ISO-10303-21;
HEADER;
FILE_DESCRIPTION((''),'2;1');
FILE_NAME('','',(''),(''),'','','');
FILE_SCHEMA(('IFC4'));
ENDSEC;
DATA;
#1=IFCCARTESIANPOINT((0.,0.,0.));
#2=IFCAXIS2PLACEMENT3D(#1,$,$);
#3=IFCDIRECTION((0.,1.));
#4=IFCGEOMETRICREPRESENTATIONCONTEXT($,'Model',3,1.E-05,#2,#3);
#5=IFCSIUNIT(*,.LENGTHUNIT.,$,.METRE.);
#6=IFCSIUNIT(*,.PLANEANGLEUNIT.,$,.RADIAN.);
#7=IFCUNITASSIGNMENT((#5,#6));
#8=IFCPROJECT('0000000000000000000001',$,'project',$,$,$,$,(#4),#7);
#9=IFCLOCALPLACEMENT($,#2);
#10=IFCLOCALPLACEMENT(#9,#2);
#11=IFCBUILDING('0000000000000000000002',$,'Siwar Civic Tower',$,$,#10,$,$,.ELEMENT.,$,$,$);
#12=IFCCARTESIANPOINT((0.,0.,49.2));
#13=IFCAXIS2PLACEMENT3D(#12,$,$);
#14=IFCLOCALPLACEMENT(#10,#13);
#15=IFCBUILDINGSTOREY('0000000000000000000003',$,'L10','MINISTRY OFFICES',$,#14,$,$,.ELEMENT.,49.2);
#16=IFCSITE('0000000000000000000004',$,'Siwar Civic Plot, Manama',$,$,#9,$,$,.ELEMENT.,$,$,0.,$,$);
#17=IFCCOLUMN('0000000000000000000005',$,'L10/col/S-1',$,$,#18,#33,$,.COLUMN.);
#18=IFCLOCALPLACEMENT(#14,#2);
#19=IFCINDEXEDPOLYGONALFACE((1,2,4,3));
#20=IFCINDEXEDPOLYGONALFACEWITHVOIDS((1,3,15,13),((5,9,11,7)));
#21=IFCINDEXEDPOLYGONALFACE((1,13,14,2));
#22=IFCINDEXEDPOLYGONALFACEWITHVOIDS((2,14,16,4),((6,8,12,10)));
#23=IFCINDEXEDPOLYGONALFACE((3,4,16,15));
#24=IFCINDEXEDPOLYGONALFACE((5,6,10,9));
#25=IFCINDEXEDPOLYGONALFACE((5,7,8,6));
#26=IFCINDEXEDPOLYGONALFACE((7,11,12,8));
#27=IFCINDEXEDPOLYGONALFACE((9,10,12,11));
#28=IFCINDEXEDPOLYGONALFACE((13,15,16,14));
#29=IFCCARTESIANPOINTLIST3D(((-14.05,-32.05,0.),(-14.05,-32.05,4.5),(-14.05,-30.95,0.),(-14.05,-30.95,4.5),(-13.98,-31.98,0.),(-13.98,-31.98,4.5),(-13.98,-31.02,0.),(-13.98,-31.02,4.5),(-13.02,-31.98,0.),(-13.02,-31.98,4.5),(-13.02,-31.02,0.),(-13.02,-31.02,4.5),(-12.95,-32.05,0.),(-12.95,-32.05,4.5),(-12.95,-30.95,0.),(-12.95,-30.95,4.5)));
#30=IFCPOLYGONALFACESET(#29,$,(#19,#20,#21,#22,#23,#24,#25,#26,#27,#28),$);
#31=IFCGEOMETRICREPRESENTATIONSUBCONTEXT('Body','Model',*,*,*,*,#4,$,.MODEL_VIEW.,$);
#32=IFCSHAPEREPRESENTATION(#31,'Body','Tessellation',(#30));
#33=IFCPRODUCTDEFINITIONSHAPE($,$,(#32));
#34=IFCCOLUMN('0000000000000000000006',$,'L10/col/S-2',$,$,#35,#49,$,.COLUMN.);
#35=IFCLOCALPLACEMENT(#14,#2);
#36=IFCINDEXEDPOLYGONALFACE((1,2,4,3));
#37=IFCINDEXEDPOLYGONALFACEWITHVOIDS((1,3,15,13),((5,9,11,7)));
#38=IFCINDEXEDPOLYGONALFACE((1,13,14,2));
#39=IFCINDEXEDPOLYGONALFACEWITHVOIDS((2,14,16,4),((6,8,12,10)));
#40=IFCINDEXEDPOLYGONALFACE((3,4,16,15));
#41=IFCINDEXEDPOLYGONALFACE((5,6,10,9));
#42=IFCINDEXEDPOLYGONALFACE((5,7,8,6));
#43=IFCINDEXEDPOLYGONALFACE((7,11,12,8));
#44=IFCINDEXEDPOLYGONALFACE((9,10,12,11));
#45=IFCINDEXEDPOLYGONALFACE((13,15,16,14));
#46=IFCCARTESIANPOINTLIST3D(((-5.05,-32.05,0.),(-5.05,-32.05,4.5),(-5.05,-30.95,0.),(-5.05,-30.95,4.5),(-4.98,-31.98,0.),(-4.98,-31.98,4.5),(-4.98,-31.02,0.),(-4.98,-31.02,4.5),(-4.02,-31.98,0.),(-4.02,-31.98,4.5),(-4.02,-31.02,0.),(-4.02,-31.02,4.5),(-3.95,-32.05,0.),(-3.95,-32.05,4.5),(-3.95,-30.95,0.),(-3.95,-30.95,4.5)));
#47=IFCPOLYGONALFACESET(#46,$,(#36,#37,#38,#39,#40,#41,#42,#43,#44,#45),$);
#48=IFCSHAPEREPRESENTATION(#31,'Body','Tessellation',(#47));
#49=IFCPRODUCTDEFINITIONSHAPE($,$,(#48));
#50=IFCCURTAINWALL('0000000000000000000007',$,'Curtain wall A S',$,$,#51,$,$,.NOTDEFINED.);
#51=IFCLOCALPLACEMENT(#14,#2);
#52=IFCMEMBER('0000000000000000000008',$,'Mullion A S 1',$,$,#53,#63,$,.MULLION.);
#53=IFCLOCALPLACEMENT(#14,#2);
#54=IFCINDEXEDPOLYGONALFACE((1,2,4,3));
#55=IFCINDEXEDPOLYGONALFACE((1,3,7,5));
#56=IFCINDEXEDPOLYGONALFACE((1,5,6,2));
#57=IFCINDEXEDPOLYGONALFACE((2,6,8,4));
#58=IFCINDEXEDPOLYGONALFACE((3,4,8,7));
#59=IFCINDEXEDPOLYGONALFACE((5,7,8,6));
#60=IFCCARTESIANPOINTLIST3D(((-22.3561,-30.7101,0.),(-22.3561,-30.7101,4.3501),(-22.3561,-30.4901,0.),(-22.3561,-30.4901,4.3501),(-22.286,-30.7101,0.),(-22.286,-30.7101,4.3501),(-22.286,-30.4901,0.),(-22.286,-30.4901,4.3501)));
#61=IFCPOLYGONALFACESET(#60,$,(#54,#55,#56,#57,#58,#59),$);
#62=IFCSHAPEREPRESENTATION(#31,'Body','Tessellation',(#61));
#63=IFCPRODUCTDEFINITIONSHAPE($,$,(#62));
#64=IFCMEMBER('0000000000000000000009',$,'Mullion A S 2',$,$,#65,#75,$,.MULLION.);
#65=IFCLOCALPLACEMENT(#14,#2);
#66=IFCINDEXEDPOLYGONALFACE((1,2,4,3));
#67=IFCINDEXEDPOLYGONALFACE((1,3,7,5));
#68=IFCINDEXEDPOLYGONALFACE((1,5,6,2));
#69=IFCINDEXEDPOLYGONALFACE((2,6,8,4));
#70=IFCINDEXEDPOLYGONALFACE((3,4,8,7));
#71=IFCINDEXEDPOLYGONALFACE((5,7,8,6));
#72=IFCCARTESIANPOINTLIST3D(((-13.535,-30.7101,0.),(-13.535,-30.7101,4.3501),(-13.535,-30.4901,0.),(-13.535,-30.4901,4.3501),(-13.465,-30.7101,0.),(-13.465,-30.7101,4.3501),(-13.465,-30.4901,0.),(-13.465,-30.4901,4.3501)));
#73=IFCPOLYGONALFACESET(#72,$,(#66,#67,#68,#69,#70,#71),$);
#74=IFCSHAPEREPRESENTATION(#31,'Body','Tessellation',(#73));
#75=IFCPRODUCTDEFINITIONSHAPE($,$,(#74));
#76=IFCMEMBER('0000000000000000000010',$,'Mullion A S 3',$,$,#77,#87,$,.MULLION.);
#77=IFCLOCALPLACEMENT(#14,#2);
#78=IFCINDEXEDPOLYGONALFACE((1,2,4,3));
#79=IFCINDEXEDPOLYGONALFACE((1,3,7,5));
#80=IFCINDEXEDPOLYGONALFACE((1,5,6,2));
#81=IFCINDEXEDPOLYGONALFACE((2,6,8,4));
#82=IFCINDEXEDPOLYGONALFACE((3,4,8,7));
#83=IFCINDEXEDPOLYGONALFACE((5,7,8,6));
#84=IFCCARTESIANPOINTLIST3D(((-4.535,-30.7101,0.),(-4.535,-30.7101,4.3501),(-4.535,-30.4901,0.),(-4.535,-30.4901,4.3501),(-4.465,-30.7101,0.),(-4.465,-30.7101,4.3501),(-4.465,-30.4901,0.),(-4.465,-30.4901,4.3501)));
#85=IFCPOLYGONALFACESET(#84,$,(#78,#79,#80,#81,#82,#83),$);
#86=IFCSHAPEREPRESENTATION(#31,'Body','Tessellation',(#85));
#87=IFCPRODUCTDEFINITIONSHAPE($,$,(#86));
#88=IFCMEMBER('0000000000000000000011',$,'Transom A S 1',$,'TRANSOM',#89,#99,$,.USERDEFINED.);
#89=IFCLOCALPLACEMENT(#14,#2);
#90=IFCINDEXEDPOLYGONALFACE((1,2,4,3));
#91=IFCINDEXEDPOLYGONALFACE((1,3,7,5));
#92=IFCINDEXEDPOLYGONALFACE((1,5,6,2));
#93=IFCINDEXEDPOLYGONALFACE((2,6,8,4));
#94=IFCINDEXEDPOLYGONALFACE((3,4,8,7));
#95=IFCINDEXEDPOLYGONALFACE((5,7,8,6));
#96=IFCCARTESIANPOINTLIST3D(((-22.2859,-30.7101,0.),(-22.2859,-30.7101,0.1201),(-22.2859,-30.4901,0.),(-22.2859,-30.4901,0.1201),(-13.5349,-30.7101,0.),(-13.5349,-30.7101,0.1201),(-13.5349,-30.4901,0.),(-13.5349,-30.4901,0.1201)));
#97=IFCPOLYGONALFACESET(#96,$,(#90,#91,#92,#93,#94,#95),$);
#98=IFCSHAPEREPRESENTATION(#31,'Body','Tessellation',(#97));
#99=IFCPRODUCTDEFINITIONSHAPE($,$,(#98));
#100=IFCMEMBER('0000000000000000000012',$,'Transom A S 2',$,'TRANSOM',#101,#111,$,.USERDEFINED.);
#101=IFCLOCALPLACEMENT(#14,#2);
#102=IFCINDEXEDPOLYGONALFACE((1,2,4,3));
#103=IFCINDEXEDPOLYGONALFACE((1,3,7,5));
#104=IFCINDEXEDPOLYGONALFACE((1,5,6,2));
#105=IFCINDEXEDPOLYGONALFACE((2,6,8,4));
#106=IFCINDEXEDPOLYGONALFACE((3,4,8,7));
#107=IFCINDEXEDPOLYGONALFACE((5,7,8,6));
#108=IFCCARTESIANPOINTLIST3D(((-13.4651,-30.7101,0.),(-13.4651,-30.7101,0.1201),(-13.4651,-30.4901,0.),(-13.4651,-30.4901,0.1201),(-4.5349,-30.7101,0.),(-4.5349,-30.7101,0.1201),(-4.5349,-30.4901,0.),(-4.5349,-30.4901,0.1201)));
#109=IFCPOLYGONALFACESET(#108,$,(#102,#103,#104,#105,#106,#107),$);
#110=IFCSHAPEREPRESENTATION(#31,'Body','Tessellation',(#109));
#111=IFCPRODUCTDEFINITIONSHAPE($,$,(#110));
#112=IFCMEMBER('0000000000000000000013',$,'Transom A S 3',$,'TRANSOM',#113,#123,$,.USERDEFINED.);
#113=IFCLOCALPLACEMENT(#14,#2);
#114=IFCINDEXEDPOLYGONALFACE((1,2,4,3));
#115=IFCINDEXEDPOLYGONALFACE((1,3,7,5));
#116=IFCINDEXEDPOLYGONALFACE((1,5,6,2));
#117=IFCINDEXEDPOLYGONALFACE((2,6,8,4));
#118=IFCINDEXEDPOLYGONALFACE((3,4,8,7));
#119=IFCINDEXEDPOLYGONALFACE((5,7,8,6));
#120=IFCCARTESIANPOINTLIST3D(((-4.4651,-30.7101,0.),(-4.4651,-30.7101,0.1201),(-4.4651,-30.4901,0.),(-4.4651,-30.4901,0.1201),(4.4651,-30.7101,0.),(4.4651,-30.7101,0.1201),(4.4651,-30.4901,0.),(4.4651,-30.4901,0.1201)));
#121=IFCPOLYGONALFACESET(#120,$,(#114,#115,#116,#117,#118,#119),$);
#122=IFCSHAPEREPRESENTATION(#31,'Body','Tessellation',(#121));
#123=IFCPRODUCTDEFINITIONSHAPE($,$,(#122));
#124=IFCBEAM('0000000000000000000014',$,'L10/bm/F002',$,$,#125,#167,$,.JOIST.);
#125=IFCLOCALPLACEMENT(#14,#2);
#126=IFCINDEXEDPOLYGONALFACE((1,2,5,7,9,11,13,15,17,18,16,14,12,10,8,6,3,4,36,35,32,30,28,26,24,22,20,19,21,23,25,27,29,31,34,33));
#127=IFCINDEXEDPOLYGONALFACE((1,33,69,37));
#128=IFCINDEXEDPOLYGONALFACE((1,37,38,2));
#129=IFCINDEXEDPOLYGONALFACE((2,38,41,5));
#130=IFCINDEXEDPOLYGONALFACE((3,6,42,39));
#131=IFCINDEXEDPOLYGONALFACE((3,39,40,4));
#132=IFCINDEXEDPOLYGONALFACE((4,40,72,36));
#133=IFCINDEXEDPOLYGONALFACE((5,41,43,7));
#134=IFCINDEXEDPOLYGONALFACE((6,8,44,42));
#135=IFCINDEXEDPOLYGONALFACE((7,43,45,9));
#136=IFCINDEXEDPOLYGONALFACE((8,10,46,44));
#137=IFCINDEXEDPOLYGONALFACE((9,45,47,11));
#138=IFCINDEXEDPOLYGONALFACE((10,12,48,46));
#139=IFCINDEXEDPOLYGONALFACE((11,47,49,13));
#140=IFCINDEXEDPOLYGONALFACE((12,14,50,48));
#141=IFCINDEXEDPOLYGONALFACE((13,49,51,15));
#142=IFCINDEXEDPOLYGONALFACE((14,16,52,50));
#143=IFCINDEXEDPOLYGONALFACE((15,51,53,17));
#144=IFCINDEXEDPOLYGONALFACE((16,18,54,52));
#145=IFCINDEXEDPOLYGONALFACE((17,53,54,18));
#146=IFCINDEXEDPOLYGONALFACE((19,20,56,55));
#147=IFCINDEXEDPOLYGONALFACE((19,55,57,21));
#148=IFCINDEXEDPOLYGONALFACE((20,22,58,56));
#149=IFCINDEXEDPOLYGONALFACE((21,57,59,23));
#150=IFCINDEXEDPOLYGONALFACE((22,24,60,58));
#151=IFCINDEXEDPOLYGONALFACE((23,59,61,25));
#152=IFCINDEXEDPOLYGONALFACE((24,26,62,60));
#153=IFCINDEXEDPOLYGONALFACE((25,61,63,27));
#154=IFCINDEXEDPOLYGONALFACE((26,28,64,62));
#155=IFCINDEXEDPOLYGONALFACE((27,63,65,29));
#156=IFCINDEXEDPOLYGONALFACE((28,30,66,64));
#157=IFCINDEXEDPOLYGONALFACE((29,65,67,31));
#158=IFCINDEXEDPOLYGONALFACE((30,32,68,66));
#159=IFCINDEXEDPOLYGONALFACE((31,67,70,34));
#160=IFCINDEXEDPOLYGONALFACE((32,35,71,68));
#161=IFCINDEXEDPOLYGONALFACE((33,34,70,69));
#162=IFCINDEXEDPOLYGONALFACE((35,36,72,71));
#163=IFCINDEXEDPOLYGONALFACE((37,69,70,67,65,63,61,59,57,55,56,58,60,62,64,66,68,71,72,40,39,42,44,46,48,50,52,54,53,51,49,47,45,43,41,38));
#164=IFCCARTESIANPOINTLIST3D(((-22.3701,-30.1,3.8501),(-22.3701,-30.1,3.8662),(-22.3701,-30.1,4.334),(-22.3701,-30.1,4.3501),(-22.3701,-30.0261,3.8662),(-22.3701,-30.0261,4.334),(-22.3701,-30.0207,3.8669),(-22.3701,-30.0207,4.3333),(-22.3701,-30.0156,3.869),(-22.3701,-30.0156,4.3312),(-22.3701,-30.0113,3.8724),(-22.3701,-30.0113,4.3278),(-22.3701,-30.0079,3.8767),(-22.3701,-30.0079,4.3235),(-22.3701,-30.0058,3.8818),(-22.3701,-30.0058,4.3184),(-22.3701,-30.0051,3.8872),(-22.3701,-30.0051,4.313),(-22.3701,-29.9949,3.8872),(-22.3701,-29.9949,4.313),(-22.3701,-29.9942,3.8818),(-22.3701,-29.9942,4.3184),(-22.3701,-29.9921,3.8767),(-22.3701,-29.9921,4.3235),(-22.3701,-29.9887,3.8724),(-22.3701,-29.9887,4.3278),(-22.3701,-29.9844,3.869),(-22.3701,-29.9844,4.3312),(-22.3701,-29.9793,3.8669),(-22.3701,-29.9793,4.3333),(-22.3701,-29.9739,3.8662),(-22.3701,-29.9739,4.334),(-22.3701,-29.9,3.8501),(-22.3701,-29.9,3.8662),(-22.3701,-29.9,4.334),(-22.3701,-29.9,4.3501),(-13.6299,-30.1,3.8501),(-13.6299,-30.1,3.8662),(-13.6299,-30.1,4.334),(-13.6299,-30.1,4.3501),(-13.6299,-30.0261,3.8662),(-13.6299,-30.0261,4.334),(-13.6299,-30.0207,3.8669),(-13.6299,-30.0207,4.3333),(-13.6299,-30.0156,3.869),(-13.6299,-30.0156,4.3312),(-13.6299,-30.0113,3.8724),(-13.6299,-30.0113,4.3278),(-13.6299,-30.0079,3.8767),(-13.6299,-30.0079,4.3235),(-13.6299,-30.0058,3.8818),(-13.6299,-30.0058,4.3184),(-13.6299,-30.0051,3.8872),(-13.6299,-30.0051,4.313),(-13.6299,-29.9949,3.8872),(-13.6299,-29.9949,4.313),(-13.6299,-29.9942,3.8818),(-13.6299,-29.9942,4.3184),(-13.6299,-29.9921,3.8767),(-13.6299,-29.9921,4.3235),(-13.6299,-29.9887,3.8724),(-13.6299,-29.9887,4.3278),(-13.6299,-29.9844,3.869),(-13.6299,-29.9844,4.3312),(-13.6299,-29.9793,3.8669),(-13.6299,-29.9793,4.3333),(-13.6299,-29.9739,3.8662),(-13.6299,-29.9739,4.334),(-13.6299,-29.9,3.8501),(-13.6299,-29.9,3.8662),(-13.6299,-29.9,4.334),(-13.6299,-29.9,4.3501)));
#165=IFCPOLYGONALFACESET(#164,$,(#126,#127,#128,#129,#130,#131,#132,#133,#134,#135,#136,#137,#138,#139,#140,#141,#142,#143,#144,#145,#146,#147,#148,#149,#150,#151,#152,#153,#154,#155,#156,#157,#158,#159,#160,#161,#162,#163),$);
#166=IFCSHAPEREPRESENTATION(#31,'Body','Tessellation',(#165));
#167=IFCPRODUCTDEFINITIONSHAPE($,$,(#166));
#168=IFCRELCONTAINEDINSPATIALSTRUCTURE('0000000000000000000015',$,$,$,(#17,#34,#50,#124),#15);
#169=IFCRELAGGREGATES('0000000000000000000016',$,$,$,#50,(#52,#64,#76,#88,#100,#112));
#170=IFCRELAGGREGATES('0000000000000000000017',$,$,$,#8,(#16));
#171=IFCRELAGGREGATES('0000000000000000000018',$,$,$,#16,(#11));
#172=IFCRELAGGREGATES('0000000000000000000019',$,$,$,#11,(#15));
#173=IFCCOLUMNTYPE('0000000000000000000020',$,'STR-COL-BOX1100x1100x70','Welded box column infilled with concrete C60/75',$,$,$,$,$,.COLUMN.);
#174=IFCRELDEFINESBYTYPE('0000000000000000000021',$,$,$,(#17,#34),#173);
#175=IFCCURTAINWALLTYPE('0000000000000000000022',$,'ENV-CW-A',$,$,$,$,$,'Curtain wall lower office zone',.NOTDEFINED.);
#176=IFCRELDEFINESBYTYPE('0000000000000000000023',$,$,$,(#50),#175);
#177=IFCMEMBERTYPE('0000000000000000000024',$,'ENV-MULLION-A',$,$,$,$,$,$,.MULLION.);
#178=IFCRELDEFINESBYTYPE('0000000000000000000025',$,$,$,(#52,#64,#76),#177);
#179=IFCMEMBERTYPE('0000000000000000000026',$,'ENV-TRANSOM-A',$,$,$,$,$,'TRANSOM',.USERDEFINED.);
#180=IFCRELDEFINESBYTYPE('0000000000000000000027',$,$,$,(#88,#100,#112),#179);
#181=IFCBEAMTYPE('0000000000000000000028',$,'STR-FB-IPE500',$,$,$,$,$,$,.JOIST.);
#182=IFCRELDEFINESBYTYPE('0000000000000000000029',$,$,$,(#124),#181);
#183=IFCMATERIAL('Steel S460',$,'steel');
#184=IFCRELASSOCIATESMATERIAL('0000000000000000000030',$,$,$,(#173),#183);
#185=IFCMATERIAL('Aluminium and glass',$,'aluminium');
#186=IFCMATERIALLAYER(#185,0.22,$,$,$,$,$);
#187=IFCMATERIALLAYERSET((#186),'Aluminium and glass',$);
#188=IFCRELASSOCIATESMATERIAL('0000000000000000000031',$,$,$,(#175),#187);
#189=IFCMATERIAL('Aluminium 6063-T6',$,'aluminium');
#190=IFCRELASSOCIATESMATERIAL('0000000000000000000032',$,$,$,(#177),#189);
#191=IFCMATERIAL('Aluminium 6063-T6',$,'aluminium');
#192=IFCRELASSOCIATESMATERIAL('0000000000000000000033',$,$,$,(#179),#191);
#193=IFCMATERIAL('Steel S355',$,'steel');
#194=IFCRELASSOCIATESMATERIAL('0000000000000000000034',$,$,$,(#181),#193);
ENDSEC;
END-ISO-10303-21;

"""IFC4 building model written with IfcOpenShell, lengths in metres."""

from ifc_helpers import new_model, si_unit, direction, frame, origin, origin_2d, place, context, subcontext, project, spatial, rectangle, hollow_rectangle, i_section, extrude, material, layer, layer_set, material_profile, profile_set, type_object, element, aggregate, save


model = new_model("IFC4")

# Units and contexts
model_context = context("Model", 3, precision=1e-05, world=origin(), true_north=direction((0.0, 1.0)))
body_context = subcontext(model_context, "Body", "Model", "MODEL_VIEW")
ifc_project = project(units=[si_unit("LENGTHUNIT", "METRE"), si_unit("PLANEANGLEUNIT", "RADIAN")], contexts=[model_context])

# Site, building, storey
site_placement = place(None, origin())
site = spatial("IfcSite", under=ifc_project, at=site_placement, Name="Siwar Civic Plot, Manama", CompositionType="ELEMENT", RefElevation=0.0)
building_placement = place(site_placement, origin())
building = spatial("IfcBuilding", under=site, at=building_placement, Name="Siwar Civic Tower", CompositionType="ELEMENT")
storey_placement = place(building_placement, frame((0.0, 0.0, 49.2)))
storey = spatial("IfcBuildingStorey", under=building, at=storey_placement, Name="L10", Description="MINISTRY OFFICES", CompositionType="ELEMENT", Elevation=49.2)

# Columns
ifc_material_1 = material(Name="Steel S460", Category="steel")
ifc_material_profile_1 = material_profile(ifc_material_1, hollow_rectangle(XDim=1.1001, YDim=1.1001, WallThickness=0.0701, at=origin_2d()), Name="BOX1100x1100x70")
ifc_profile_set_1 = profile_set([ifc_material_profile_1], Name="Steel S460")
column_type = type_object("IfcColumnType", Name="STR-COL-BOX1100x1100x70", Description="Welded box column infilled with concrete C60/75", PredefinedType="COLUMN", material=ifc_profile_set_1)
for number, where, z_axis, x_axis, name in (
    (1, (-13.5, -31.5, 0.0), (0.0, 0.0, 1.0), (1.0, 0.0, 0.0), "L10/col/S-1"),
    (2, (-4.5, -31.5, 0.0), (0.0, 0.0, 1.0), (1.0, 0.0, 0.0), "L10/col/S-2"),
):
    element("IfcColumn", number, at=place(storey_placement, frame(where, z_axis=z_axis, x_axis=x_axis)), inside=storey, type_object=column_type, Name=name, PredefinedType="COLUMN", context=body_context, shape_type="SweptSolid", body=[
        extrude(hollow_rectangle(XDim=1.1001, YDim=1.1001, WallThickness=0.0701, at=origin_2d()), origin(), (0.0, 0.0, 1.0), 4.5),
    ])

# Curtain wall, members
ifc_material_2 = material(Name="Aluminium and glass", Category="aluminium")
ifc_layer_1 = layer(ifc_material_2, 0.22)
ifc_layer_set_1 = layer_set([ifc_layer_1], Name="Aluminium and glass")
curtain_wall_type = type_object("IfcCurtainWallType", Name="ENV-CW-A", ElementType="Curtain wall lower office zone", PredefinedType="NOTDEFINED", material=ifc_layer_set_1)
curtain_wall_placement = place(storey_placement, origin())
curtain_wall = element("IfcCurtainWall", 3, at=curtain_wall_placement, inside=storey, type_object=curtain_wall_type, Name="Curtain wall A S", PredefinedType="NOTDEFINED")
ifc_material_3 = material(Name="Aluminium 6063-T6", Category="aluminium")
ifc_material_profile_2 = material_profile(ifc_material_3, rectangle(XDim=0.22, YDim=0.0701, at=origin_2d()), Name="AL 220x70")
ifc_profile_set_2 = profile_set([ifc_material_profile_2], Name="Aluminium 6063-T6")
member_type_1 = type_object("IfcMemberType", Name="ENV-MULLION-A", PredefinedType="MULLION", material=ifc_profile_set_2)
member_1_placement = place(storey_placement, frame((-22.321, -30.6001, 0.0), z_axis=(0.0, 0.0, 1.0), x_axis=(0.0, 1.0, 0.0)))
member_1 = element("IfcMember", 4, at=member_1_placement, type_object=member_type_1, Name="Mullion A S 1", PredefinedType="MULLION", context=body_context, shape_type="SweptSolid", body=[
    extrude(rectangle(XDim=0.22, YDim=0.0701, at=origin_2d()), origin(), (0.0, 0.0, 1.0), 4.3501),
])
member_2_placement = place(storey_placement, frame((-13.5, -30.6001, 0.0), z_axis=(0.0, 0.0, 1.0), x_axis=(0.0, 1.0, 0.0)))
member_2 = element("IfcMember", 5, at=member_2_placement, type_object=member_type_1, Name="Mullion A S 2", PredefinedType="MULLION", context=body_context, shape_type="SweptSolid", body=[
    extrude(rectangle(XDim=0.22, YDim=0.0701, at=origin_2d()), origin(), (0.0, 0.0, 1.0), 4.3501),
])
member_3_placement = place(storey_placement, frame((-4.5, -30.6001, 0.0), z_axis=(0.0, 0.0, 1.0), x_axis=(0.0, 1.0, 0.0)))
member_3 = element("IfcMember", 6, at=member_3_placement, type_object=member_type_1, Name="Mullion A S 3", PredefinedType="MULLION", context=body_context, shape_type="SweptSolid", body=[
    extrude(rectangle(XDim=0.22, YDim=0.0701, at=origin_2d()), origin(), (0.0, 0.0, 1.0), 4.3501),
])
ifc_material_4 = material(Name="Aluminium 6063-T6", Category="aluminium")
ifc_material_profile_3 = material_profile(ifc_material_4, rectangle(XDim=0.22, YDim=0.1201, at=origin_2d()), Name="AL 220x120")
ifc_profile_set_3 = profile_set([ifc_material_profile_3], Name="Aluminium 6063-T6")
member_type_2 = type_object("IfcMemberType", Name="ENV-TRANSOM-A", ElementType="TRANSOM", PredefinedType="USERDEFINED", material=ifc_profile_set_3)
member_4_placement = place(storey_placement, frame((-22.2859, -30.6001, 0.0601), z_axis=(1.0, 0.0, 0.0), x_axis=(0.0, 1.0, 0.0)))
member_4 = element("IfcMember", 7, at=member_4_placement, type_object=member_type_2, Name="Transom A S 1", ObjectType="TRANSOM", PredefinedType="USERDEFINED", context=body_context, shape_type="SweptSolid", body=[
    extrude(rectangle(XDim=0.22, YDim=0.1201, at=origin_2d()), origin(), (0.0, 0.0, 1.0), 8.751),
])
member_5_placement = place(storey_placement, frame((-13.4651, -30.6001, 0.0601), z_axis=(1.0, 0.0, 0.0), x_axis=(0.0, 1.0, 0.0)))
member_5 = element("IfcMember", 8, at=member_5_placement, type_object=member_type_2, Name="Transom A S 2", ObjectType="TRANSOM", PredefinedType="USERDEFINED", context=body_context, shape_type="SweptSolid", body=[
    extrude(rectangle(XDim=0.22, YDim=0.1201, at=origin_2d()), origin(), (0.0, 0.0, 1.0), 8.9302),
])
member_6_placement = place(storey_placement, frame((-4.4651, -30.6001, 0.0601), z_axis=(1.0, 0.0, 0.0), x_axis=(0.0, 1.0, 0.0)))
member_6 = element("IfcMember", 9, at=member_6_placement, type_object=member_type_2, Name="Transom A S 3", ObjectType="TRANSOM", PredefinedType="USERDEFINED", context=body_context, shape_type="SweptSolid", body=[
    extrude(rectangle(XDim=0.22, YDim=0.1201, at=origin_2d()), origin(), (0.0, 0.0, 1.0), 8.9302),
])

# Beam
ifc_material_5 = material(Name="Steel S355", Category="steel")
ifc_material_profile_4 = material_profile(ifc_material_5, i_section(OverallWidth=0.2, OverallDepth=0.5, WebThickness=0.0103, FlangeThickness=0.0161, FilletRadius=0.021, at=origin_2d()), Name="IPE500")
ifc_profile_set_4 = profile_set([ifc_material_profile_4], Name="Steel S355")
beam_type_1 = type_object("IfcBeamType", Name="STR-FB-IPE500", PredefinedType="JOIST", material=ifc_profile_set_4)
for number, where, z_axis, x_axis, name in (
    (10, (-22.3701, -30.0, 4.1001), (1.0, 0.0, 0.0), (0.0, 1.0, 0.0), "L10/bm/F002"),
):
    element("IfcBeam", number, at=place(storey_placement, frame(where, z_axis=z_axis, x_axis=x_axis)), inside=storey, type_object=beam_type_1, Name=name, PredefinedType="JOIST", context=body_context, shape_type="SweptSolid", body=[
        extrude(i_section(OverallWidth=0.2, OverallDepth=0.5, WebThickness=0.0103, FlangeThickness=0.0161, FilletRadius=0.021, at=origin_2d()), origin(), (0.0, 0.0, 1.0), 8.7402),
    ])

aggregate(curtain_wall, [member_1, member_2, member_3, member_4, member_5, member_6])

save(model, "model.ifc")
